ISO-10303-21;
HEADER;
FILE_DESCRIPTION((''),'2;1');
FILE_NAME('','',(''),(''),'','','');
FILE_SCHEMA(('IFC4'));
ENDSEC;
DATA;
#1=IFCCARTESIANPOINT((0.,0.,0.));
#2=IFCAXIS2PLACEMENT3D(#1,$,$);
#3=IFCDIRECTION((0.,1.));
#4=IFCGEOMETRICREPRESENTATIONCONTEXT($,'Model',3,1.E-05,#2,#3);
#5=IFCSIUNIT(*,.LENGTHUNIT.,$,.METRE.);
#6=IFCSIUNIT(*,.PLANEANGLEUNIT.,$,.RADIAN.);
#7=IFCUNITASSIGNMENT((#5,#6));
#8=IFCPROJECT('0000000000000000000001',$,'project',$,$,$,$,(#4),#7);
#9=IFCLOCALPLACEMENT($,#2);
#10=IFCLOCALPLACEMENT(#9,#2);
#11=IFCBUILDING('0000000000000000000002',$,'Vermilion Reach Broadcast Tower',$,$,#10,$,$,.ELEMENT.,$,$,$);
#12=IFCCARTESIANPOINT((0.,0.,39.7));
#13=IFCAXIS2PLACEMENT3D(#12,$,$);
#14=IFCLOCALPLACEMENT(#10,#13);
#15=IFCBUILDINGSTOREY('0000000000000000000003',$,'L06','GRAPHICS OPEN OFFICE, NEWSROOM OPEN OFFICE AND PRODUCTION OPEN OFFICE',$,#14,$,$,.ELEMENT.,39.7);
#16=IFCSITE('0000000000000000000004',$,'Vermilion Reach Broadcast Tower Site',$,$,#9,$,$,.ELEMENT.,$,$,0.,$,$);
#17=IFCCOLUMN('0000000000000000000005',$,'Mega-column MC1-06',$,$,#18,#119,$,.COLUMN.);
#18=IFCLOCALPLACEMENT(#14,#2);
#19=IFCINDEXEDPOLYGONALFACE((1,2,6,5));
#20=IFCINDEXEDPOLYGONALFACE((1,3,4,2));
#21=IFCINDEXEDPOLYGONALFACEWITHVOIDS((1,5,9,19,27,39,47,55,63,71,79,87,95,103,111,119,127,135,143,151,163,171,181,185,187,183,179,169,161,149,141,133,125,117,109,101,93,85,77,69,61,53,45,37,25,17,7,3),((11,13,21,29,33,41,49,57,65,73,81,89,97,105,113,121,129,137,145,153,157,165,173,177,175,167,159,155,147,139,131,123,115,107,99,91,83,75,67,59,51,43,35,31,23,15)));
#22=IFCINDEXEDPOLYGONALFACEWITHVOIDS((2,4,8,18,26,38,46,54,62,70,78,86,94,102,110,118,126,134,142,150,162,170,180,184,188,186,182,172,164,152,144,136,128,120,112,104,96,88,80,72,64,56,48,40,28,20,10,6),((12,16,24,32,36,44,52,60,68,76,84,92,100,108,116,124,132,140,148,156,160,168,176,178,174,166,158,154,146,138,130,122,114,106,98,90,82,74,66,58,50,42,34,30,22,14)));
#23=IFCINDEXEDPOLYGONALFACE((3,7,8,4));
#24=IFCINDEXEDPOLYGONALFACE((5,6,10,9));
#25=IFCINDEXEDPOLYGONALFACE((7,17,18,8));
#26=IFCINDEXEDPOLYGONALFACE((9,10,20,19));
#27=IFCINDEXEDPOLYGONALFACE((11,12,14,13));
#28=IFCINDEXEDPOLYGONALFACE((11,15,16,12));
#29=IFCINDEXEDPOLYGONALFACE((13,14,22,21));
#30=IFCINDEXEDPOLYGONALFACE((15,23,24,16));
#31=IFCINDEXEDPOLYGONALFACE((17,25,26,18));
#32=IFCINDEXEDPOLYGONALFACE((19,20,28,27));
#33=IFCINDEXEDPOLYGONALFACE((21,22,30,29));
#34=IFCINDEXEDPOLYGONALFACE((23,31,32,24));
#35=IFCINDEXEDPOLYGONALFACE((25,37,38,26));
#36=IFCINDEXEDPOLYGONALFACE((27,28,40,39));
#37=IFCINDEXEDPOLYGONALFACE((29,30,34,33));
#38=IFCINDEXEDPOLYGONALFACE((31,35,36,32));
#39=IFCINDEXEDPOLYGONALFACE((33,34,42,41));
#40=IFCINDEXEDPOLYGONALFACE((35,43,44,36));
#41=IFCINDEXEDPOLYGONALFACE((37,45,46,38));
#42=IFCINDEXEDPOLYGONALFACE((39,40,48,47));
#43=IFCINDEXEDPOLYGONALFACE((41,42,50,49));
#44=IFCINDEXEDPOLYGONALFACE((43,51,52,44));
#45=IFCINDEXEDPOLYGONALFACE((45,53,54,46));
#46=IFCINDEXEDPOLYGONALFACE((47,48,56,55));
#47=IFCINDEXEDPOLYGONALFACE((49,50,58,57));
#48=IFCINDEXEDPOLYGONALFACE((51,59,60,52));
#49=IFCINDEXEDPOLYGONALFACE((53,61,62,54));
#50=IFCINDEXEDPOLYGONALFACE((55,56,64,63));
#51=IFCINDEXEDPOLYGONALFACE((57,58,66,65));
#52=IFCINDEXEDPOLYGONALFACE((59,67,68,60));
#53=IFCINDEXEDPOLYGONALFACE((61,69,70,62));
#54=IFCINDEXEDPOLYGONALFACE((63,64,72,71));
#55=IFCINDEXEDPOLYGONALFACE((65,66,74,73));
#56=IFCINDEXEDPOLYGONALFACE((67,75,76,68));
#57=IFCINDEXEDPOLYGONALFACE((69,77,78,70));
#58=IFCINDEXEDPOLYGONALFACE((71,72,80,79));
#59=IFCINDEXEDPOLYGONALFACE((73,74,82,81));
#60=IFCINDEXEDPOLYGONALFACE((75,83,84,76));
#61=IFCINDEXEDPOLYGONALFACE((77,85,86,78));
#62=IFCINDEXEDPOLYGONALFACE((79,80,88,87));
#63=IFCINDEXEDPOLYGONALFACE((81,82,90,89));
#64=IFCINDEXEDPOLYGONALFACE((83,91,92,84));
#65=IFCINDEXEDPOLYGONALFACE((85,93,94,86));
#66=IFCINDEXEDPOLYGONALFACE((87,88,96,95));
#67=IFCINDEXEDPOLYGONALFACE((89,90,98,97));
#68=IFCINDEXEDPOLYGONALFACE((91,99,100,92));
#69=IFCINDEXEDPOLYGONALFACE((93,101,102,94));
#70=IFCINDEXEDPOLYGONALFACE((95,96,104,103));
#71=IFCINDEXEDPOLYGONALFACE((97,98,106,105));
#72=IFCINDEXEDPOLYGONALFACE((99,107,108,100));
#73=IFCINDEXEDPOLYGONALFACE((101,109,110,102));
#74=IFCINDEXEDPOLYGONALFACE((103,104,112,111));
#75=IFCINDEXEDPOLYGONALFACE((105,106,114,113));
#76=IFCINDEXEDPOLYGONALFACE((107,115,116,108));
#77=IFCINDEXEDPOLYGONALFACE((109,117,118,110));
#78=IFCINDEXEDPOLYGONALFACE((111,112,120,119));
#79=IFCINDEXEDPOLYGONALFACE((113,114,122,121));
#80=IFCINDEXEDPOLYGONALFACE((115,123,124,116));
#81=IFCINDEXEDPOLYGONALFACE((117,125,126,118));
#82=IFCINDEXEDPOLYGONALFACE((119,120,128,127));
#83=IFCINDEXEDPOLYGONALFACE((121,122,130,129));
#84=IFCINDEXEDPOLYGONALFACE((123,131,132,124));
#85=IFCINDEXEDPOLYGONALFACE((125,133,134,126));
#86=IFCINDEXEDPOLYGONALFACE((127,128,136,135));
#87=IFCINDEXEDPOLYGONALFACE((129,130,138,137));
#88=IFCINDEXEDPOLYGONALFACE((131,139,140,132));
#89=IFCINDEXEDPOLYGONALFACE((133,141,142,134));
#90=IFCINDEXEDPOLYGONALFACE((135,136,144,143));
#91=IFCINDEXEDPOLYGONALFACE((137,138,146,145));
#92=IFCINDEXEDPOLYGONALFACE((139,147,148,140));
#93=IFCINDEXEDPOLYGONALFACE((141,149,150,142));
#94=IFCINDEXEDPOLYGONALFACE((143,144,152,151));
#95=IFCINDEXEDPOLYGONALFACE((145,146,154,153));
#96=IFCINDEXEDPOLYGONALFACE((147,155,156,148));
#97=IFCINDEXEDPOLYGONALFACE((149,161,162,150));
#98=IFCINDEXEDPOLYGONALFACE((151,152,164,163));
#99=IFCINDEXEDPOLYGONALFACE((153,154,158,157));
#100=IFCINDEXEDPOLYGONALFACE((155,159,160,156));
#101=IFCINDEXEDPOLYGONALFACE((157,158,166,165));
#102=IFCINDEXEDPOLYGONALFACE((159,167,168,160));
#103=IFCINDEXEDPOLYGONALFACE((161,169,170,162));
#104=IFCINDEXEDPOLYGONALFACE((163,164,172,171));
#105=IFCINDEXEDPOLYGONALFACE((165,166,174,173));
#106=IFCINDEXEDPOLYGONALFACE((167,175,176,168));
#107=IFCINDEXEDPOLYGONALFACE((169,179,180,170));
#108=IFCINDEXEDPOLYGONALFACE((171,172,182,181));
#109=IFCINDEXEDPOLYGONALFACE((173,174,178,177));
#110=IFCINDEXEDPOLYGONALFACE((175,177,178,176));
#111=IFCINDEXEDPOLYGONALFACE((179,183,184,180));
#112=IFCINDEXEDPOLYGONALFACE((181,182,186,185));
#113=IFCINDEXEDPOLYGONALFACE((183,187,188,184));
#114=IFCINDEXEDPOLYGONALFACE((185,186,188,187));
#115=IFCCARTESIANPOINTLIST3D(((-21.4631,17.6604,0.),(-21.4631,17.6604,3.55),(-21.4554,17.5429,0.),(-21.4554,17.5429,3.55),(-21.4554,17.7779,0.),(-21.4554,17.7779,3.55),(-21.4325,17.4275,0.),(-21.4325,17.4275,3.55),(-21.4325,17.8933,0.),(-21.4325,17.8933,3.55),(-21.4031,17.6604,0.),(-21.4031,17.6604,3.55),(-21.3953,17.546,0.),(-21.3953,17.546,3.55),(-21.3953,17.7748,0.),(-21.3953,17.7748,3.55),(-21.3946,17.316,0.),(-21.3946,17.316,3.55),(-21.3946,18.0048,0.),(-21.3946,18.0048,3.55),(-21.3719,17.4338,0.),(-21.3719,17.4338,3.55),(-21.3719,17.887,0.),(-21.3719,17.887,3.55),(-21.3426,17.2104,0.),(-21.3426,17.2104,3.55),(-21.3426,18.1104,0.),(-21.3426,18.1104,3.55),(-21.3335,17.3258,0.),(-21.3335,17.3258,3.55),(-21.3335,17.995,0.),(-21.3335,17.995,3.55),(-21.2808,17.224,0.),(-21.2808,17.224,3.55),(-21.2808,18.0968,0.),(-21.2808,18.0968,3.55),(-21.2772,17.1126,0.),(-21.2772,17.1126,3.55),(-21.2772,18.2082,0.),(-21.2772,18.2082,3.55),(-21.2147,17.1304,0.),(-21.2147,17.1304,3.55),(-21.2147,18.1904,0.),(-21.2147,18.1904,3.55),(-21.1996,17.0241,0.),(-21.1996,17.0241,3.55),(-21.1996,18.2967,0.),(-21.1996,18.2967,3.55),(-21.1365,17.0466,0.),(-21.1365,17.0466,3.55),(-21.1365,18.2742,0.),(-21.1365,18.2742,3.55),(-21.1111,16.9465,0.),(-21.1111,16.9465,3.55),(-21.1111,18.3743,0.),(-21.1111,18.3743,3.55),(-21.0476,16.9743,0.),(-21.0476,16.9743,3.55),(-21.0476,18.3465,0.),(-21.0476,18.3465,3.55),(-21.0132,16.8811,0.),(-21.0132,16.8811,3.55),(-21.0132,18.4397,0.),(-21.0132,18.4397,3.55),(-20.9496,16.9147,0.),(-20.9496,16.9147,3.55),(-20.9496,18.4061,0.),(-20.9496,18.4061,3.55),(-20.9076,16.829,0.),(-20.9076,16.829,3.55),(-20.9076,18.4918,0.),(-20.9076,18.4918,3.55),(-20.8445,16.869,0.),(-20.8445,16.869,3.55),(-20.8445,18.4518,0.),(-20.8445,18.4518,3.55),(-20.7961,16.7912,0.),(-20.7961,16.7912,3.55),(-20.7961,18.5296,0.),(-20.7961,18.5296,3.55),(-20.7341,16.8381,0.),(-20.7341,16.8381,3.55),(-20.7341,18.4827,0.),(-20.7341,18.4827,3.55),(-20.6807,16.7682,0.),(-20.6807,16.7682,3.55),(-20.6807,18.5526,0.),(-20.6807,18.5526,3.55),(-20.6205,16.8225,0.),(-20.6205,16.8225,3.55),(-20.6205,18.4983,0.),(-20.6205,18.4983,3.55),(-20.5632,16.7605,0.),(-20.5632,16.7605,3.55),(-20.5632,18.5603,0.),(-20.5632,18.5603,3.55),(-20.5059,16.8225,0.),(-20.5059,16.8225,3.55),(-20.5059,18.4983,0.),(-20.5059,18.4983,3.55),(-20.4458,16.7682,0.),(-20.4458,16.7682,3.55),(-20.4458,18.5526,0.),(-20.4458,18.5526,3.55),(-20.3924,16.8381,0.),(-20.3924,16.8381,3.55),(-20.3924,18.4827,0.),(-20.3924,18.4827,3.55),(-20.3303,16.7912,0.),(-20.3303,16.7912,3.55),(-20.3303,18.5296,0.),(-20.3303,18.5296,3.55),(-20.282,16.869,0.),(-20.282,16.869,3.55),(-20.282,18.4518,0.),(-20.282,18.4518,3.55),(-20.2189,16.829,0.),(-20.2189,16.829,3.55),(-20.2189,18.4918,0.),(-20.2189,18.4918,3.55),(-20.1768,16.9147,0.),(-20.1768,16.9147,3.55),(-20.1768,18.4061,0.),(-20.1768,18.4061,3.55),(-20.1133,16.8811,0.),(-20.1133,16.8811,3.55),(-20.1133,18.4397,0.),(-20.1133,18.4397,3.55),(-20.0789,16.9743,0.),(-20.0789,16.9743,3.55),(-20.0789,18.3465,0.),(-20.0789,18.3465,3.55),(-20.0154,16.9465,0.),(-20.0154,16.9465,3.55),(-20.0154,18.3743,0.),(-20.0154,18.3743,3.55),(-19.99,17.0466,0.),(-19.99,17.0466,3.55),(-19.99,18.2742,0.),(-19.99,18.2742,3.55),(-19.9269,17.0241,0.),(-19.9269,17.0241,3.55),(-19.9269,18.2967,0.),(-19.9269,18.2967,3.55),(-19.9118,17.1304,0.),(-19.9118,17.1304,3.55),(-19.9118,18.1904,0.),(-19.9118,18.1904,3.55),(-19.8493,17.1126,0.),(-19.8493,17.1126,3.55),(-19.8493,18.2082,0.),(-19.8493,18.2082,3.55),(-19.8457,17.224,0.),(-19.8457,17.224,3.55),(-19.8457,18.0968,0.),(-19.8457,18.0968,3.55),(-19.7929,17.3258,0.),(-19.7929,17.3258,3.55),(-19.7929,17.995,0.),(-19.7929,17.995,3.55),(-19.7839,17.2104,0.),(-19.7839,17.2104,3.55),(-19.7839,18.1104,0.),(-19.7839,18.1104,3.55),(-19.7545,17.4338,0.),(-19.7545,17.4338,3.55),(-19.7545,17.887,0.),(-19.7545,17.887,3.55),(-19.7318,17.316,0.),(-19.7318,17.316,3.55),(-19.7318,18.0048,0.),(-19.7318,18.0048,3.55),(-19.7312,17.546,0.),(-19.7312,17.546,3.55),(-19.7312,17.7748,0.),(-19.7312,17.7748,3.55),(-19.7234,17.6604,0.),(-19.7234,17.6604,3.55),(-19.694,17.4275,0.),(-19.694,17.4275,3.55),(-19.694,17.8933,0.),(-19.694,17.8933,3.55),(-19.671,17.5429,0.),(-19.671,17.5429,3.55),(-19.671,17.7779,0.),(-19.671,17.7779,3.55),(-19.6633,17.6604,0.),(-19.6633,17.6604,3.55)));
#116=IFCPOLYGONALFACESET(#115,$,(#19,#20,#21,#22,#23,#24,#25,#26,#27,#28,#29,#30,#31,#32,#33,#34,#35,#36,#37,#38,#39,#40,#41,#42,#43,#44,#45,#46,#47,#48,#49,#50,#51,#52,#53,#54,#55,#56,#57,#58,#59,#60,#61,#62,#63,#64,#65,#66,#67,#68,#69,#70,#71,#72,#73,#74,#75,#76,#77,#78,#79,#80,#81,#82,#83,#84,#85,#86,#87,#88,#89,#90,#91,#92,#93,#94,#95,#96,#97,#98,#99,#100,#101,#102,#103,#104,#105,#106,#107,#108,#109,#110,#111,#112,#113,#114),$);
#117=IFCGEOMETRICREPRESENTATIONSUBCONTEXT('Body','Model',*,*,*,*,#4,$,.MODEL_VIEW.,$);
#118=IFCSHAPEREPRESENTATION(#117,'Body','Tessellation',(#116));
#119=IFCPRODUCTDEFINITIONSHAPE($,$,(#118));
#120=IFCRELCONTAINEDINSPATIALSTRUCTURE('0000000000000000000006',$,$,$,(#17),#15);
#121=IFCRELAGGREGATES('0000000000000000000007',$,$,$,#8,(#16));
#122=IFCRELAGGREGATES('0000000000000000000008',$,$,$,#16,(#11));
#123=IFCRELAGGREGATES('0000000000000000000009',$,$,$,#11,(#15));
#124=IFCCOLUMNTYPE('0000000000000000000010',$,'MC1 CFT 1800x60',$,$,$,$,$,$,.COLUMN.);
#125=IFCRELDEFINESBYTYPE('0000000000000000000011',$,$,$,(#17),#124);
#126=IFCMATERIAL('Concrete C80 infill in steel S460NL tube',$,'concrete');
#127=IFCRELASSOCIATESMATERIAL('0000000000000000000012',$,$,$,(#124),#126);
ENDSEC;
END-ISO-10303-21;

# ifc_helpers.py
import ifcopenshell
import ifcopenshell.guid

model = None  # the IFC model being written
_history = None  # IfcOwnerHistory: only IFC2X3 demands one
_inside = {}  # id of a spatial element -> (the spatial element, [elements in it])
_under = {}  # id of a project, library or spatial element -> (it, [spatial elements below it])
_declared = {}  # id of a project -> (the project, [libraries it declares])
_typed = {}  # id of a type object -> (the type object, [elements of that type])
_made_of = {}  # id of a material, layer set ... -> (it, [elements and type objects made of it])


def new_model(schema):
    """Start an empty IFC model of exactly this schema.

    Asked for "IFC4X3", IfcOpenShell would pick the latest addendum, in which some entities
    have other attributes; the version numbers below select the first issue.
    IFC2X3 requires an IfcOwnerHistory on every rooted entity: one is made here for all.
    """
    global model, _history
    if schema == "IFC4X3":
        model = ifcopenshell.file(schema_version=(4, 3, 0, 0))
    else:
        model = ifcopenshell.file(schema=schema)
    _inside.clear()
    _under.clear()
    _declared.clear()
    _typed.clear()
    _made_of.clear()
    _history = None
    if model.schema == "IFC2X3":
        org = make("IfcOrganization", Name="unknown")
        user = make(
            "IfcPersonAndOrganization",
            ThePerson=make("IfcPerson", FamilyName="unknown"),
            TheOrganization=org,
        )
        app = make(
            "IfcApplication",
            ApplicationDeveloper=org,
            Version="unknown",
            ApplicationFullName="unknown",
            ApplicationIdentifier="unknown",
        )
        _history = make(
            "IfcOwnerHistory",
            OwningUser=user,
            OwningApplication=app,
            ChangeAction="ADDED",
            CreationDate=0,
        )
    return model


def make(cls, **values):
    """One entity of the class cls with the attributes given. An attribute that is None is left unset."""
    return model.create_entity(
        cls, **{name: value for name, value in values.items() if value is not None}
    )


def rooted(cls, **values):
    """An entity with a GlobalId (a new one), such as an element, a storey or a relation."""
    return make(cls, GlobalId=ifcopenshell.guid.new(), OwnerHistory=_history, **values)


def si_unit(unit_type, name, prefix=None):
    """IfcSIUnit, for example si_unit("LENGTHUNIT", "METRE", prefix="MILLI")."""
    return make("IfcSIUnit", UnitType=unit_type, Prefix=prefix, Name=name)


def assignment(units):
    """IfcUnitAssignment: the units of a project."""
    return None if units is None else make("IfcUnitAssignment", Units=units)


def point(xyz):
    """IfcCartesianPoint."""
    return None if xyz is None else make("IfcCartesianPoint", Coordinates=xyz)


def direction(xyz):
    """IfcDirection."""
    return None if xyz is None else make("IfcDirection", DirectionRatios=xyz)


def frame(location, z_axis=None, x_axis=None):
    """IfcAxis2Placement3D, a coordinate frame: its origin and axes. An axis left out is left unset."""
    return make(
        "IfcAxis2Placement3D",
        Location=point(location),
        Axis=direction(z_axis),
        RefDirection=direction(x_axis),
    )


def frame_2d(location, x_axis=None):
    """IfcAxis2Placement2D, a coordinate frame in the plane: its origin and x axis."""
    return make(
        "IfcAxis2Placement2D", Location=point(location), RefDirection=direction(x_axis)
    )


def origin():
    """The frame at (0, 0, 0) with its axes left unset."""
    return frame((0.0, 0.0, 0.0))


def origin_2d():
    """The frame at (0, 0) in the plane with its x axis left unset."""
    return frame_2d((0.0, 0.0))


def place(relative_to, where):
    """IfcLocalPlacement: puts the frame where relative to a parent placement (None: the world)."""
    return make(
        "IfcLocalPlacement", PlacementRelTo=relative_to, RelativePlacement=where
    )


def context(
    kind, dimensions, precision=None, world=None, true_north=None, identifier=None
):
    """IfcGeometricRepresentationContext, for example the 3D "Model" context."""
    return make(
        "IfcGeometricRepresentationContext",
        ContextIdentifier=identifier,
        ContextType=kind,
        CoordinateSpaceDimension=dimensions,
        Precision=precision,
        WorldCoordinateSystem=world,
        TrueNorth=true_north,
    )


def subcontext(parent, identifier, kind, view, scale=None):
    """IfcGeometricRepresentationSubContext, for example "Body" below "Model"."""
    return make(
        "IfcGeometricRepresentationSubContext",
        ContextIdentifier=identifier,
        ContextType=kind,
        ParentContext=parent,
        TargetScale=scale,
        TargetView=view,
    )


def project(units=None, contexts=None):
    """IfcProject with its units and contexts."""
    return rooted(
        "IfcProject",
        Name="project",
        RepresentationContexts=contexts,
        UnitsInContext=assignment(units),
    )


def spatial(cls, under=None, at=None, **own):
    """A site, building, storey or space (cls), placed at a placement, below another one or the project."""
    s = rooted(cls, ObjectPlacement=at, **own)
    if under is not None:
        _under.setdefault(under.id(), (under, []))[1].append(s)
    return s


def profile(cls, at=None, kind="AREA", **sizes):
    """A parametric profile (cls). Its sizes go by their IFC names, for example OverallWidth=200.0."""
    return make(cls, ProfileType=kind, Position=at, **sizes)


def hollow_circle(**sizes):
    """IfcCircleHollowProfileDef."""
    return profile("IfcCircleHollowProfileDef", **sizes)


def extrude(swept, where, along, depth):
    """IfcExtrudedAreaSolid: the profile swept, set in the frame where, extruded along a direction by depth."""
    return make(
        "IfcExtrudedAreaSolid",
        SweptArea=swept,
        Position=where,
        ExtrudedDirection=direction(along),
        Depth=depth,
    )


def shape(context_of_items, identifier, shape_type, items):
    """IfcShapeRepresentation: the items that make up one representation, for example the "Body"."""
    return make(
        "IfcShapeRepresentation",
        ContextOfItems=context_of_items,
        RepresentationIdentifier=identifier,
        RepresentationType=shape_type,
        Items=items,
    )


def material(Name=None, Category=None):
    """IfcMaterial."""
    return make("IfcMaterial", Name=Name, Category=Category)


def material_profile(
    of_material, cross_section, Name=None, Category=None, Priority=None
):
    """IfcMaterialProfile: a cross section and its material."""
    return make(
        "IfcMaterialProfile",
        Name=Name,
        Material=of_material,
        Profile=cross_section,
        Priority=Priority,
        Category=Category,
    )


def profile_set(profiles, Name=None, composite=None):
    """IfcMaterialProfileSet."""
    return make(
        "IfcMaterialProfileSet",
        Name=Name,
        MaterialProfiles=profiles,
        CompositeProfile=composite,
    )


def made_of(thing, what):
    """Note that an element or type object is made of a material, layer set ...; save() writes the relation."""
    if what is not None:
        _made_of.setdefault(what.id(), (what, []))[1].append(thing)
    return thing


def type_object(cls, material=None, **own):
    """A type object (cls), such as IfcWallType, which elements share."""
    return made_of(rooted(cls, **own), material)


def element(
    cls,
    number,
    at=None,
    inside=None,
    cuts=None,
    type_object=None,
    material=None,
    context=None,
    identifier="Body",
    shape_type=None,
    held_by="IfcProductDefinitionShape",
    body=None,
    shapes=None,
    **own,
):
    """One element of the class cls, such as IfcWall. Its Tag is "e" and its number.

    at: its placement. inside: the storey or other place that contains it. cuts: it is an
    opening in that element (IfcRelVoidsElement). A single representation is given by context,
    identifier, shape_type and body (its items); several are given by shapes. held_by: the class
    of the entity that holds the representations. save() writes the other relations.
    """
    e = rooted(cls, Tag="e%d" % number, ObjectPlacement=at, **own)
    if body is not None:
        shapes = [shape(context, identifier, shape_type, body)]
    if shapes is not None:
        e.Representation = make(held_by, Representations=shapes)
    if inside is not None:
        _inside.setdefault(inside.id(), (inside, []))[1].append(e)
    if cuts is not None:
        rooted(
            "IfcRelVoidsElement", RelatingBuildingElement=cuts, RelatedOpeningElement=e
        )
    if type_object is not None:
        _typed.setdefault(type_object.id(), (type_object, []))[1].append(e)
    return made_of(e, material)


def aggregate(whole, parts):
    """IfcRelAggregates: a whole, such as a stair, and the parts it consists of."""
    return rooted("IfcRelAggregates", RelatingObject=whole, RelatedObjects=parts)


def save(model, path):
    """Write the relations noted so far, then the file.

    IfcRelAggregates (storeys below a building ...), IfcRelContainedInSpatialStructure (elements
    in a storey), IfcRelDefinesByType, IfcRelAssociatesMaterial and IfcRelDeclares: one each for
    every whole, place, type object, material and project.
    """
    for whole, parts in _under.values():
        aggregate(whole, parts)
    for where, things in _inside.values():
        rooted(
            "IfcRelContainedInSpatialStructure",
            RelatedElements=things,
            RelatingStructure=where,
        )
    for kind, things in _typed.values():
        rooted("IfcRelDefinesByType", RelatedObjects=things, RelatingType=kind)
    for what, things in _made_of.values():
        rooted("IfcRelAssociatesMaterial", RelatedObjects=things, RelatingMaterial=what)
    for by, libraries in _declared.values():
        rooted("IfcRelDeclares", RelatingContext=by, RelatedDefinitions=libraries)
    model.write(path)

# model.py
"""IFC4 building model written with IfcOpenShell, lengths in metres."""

from ifc_helpers import new_model, si_unit, direction, frame, origin, origin_2d, place, context, subcontext, project, spatial, hollow_circle, extrude, material, material_profile, profile_set, type_object, element, save


model = new_model("IFC4")

# Units and contexts
model_context = context("Model", 3, precision=1e-05, world=origin(), true_north=direction((0.0, 1.0)))
body_context = subcontext(model_context, "Body", "Model", "MODEL_VIEW")
ifc_project = project(units=[si_unit("LENGTHUNIT", "METRE"), si_unit("PLANEANGLEUNIT", "RADIAN")], contexts=[model_context])

# Site, building, storey
site_placement = place(None, origin())
site = spatial("IfcSite", under=ifc_project, at=site_placement, Name="Vermilion Reach Broadcast Tower Site", CompositionType="ELEMENT", RefElevation=0.0)
building_placement = place(site_placement, origin())
building = spatial("IfcBuilding", under=site, at=building_placement, Name="Vermilion Reach Broadcast Tower", CompositionType="ELEMENT")
storey_placement = place(building_placement, frame((0.0, 0.0, 39.7)))
storey = spatial("IfcBuildingStorey", under=building, at=storey_placement, Name="L06", Description="GRAPHICS OPEN OFFICE, NEWSROOM OPEN OFFICE AND PRODUCTION OPEN OFFICE", CompositionType="ELEMENT", Elevation=39.7)

# Column
ifc_material_1 = material(Name="Concrete C80 infill in steel S460NL tube", Category="concrete")
ifc_material_profile_1 = material_profile(ifc_material_1, hollow_circle(Radius=0.8999, WallThickness=0.0601, at=origin_2d()), Name="Concrete C80 infill in steel S460NL tube CFT 1800x60")
ifc_profile_set_1 = profile_set([ifc_material_profile_1], Name="Concrete C80 infill in steel S460NL tube")
column_type = type_object("IfcColumnType", Name="MC1 CFT 1800x60", PredefinedType="COLUMN", material=ifc_profile_set_1)
for number, where, z_axis, x_axis, name in (
    (1, (-20.5632, 17.6604, 0.0), (0.0, 0.0, 1.0), (1.0, 0.0, 0.0), "Mega-column MC1-06"),
):
    element("IfcColumn", number, at=place(storey_placement, frame(where, z_axis=z_axis, x_axis=x_axis)), inside=storey, type_object=column_type, Name=name, PredefinedType="COLUMN", context=body_context, shape_type="SweptSolid", body=[
        extrude(hollow_circle(Radius=0.8999, WallThickness=0.0601, at=origin_2d()), origin(), (0.0, 0.0, 1.0), 3.55),
    ])

save(model, "model.ifc")
